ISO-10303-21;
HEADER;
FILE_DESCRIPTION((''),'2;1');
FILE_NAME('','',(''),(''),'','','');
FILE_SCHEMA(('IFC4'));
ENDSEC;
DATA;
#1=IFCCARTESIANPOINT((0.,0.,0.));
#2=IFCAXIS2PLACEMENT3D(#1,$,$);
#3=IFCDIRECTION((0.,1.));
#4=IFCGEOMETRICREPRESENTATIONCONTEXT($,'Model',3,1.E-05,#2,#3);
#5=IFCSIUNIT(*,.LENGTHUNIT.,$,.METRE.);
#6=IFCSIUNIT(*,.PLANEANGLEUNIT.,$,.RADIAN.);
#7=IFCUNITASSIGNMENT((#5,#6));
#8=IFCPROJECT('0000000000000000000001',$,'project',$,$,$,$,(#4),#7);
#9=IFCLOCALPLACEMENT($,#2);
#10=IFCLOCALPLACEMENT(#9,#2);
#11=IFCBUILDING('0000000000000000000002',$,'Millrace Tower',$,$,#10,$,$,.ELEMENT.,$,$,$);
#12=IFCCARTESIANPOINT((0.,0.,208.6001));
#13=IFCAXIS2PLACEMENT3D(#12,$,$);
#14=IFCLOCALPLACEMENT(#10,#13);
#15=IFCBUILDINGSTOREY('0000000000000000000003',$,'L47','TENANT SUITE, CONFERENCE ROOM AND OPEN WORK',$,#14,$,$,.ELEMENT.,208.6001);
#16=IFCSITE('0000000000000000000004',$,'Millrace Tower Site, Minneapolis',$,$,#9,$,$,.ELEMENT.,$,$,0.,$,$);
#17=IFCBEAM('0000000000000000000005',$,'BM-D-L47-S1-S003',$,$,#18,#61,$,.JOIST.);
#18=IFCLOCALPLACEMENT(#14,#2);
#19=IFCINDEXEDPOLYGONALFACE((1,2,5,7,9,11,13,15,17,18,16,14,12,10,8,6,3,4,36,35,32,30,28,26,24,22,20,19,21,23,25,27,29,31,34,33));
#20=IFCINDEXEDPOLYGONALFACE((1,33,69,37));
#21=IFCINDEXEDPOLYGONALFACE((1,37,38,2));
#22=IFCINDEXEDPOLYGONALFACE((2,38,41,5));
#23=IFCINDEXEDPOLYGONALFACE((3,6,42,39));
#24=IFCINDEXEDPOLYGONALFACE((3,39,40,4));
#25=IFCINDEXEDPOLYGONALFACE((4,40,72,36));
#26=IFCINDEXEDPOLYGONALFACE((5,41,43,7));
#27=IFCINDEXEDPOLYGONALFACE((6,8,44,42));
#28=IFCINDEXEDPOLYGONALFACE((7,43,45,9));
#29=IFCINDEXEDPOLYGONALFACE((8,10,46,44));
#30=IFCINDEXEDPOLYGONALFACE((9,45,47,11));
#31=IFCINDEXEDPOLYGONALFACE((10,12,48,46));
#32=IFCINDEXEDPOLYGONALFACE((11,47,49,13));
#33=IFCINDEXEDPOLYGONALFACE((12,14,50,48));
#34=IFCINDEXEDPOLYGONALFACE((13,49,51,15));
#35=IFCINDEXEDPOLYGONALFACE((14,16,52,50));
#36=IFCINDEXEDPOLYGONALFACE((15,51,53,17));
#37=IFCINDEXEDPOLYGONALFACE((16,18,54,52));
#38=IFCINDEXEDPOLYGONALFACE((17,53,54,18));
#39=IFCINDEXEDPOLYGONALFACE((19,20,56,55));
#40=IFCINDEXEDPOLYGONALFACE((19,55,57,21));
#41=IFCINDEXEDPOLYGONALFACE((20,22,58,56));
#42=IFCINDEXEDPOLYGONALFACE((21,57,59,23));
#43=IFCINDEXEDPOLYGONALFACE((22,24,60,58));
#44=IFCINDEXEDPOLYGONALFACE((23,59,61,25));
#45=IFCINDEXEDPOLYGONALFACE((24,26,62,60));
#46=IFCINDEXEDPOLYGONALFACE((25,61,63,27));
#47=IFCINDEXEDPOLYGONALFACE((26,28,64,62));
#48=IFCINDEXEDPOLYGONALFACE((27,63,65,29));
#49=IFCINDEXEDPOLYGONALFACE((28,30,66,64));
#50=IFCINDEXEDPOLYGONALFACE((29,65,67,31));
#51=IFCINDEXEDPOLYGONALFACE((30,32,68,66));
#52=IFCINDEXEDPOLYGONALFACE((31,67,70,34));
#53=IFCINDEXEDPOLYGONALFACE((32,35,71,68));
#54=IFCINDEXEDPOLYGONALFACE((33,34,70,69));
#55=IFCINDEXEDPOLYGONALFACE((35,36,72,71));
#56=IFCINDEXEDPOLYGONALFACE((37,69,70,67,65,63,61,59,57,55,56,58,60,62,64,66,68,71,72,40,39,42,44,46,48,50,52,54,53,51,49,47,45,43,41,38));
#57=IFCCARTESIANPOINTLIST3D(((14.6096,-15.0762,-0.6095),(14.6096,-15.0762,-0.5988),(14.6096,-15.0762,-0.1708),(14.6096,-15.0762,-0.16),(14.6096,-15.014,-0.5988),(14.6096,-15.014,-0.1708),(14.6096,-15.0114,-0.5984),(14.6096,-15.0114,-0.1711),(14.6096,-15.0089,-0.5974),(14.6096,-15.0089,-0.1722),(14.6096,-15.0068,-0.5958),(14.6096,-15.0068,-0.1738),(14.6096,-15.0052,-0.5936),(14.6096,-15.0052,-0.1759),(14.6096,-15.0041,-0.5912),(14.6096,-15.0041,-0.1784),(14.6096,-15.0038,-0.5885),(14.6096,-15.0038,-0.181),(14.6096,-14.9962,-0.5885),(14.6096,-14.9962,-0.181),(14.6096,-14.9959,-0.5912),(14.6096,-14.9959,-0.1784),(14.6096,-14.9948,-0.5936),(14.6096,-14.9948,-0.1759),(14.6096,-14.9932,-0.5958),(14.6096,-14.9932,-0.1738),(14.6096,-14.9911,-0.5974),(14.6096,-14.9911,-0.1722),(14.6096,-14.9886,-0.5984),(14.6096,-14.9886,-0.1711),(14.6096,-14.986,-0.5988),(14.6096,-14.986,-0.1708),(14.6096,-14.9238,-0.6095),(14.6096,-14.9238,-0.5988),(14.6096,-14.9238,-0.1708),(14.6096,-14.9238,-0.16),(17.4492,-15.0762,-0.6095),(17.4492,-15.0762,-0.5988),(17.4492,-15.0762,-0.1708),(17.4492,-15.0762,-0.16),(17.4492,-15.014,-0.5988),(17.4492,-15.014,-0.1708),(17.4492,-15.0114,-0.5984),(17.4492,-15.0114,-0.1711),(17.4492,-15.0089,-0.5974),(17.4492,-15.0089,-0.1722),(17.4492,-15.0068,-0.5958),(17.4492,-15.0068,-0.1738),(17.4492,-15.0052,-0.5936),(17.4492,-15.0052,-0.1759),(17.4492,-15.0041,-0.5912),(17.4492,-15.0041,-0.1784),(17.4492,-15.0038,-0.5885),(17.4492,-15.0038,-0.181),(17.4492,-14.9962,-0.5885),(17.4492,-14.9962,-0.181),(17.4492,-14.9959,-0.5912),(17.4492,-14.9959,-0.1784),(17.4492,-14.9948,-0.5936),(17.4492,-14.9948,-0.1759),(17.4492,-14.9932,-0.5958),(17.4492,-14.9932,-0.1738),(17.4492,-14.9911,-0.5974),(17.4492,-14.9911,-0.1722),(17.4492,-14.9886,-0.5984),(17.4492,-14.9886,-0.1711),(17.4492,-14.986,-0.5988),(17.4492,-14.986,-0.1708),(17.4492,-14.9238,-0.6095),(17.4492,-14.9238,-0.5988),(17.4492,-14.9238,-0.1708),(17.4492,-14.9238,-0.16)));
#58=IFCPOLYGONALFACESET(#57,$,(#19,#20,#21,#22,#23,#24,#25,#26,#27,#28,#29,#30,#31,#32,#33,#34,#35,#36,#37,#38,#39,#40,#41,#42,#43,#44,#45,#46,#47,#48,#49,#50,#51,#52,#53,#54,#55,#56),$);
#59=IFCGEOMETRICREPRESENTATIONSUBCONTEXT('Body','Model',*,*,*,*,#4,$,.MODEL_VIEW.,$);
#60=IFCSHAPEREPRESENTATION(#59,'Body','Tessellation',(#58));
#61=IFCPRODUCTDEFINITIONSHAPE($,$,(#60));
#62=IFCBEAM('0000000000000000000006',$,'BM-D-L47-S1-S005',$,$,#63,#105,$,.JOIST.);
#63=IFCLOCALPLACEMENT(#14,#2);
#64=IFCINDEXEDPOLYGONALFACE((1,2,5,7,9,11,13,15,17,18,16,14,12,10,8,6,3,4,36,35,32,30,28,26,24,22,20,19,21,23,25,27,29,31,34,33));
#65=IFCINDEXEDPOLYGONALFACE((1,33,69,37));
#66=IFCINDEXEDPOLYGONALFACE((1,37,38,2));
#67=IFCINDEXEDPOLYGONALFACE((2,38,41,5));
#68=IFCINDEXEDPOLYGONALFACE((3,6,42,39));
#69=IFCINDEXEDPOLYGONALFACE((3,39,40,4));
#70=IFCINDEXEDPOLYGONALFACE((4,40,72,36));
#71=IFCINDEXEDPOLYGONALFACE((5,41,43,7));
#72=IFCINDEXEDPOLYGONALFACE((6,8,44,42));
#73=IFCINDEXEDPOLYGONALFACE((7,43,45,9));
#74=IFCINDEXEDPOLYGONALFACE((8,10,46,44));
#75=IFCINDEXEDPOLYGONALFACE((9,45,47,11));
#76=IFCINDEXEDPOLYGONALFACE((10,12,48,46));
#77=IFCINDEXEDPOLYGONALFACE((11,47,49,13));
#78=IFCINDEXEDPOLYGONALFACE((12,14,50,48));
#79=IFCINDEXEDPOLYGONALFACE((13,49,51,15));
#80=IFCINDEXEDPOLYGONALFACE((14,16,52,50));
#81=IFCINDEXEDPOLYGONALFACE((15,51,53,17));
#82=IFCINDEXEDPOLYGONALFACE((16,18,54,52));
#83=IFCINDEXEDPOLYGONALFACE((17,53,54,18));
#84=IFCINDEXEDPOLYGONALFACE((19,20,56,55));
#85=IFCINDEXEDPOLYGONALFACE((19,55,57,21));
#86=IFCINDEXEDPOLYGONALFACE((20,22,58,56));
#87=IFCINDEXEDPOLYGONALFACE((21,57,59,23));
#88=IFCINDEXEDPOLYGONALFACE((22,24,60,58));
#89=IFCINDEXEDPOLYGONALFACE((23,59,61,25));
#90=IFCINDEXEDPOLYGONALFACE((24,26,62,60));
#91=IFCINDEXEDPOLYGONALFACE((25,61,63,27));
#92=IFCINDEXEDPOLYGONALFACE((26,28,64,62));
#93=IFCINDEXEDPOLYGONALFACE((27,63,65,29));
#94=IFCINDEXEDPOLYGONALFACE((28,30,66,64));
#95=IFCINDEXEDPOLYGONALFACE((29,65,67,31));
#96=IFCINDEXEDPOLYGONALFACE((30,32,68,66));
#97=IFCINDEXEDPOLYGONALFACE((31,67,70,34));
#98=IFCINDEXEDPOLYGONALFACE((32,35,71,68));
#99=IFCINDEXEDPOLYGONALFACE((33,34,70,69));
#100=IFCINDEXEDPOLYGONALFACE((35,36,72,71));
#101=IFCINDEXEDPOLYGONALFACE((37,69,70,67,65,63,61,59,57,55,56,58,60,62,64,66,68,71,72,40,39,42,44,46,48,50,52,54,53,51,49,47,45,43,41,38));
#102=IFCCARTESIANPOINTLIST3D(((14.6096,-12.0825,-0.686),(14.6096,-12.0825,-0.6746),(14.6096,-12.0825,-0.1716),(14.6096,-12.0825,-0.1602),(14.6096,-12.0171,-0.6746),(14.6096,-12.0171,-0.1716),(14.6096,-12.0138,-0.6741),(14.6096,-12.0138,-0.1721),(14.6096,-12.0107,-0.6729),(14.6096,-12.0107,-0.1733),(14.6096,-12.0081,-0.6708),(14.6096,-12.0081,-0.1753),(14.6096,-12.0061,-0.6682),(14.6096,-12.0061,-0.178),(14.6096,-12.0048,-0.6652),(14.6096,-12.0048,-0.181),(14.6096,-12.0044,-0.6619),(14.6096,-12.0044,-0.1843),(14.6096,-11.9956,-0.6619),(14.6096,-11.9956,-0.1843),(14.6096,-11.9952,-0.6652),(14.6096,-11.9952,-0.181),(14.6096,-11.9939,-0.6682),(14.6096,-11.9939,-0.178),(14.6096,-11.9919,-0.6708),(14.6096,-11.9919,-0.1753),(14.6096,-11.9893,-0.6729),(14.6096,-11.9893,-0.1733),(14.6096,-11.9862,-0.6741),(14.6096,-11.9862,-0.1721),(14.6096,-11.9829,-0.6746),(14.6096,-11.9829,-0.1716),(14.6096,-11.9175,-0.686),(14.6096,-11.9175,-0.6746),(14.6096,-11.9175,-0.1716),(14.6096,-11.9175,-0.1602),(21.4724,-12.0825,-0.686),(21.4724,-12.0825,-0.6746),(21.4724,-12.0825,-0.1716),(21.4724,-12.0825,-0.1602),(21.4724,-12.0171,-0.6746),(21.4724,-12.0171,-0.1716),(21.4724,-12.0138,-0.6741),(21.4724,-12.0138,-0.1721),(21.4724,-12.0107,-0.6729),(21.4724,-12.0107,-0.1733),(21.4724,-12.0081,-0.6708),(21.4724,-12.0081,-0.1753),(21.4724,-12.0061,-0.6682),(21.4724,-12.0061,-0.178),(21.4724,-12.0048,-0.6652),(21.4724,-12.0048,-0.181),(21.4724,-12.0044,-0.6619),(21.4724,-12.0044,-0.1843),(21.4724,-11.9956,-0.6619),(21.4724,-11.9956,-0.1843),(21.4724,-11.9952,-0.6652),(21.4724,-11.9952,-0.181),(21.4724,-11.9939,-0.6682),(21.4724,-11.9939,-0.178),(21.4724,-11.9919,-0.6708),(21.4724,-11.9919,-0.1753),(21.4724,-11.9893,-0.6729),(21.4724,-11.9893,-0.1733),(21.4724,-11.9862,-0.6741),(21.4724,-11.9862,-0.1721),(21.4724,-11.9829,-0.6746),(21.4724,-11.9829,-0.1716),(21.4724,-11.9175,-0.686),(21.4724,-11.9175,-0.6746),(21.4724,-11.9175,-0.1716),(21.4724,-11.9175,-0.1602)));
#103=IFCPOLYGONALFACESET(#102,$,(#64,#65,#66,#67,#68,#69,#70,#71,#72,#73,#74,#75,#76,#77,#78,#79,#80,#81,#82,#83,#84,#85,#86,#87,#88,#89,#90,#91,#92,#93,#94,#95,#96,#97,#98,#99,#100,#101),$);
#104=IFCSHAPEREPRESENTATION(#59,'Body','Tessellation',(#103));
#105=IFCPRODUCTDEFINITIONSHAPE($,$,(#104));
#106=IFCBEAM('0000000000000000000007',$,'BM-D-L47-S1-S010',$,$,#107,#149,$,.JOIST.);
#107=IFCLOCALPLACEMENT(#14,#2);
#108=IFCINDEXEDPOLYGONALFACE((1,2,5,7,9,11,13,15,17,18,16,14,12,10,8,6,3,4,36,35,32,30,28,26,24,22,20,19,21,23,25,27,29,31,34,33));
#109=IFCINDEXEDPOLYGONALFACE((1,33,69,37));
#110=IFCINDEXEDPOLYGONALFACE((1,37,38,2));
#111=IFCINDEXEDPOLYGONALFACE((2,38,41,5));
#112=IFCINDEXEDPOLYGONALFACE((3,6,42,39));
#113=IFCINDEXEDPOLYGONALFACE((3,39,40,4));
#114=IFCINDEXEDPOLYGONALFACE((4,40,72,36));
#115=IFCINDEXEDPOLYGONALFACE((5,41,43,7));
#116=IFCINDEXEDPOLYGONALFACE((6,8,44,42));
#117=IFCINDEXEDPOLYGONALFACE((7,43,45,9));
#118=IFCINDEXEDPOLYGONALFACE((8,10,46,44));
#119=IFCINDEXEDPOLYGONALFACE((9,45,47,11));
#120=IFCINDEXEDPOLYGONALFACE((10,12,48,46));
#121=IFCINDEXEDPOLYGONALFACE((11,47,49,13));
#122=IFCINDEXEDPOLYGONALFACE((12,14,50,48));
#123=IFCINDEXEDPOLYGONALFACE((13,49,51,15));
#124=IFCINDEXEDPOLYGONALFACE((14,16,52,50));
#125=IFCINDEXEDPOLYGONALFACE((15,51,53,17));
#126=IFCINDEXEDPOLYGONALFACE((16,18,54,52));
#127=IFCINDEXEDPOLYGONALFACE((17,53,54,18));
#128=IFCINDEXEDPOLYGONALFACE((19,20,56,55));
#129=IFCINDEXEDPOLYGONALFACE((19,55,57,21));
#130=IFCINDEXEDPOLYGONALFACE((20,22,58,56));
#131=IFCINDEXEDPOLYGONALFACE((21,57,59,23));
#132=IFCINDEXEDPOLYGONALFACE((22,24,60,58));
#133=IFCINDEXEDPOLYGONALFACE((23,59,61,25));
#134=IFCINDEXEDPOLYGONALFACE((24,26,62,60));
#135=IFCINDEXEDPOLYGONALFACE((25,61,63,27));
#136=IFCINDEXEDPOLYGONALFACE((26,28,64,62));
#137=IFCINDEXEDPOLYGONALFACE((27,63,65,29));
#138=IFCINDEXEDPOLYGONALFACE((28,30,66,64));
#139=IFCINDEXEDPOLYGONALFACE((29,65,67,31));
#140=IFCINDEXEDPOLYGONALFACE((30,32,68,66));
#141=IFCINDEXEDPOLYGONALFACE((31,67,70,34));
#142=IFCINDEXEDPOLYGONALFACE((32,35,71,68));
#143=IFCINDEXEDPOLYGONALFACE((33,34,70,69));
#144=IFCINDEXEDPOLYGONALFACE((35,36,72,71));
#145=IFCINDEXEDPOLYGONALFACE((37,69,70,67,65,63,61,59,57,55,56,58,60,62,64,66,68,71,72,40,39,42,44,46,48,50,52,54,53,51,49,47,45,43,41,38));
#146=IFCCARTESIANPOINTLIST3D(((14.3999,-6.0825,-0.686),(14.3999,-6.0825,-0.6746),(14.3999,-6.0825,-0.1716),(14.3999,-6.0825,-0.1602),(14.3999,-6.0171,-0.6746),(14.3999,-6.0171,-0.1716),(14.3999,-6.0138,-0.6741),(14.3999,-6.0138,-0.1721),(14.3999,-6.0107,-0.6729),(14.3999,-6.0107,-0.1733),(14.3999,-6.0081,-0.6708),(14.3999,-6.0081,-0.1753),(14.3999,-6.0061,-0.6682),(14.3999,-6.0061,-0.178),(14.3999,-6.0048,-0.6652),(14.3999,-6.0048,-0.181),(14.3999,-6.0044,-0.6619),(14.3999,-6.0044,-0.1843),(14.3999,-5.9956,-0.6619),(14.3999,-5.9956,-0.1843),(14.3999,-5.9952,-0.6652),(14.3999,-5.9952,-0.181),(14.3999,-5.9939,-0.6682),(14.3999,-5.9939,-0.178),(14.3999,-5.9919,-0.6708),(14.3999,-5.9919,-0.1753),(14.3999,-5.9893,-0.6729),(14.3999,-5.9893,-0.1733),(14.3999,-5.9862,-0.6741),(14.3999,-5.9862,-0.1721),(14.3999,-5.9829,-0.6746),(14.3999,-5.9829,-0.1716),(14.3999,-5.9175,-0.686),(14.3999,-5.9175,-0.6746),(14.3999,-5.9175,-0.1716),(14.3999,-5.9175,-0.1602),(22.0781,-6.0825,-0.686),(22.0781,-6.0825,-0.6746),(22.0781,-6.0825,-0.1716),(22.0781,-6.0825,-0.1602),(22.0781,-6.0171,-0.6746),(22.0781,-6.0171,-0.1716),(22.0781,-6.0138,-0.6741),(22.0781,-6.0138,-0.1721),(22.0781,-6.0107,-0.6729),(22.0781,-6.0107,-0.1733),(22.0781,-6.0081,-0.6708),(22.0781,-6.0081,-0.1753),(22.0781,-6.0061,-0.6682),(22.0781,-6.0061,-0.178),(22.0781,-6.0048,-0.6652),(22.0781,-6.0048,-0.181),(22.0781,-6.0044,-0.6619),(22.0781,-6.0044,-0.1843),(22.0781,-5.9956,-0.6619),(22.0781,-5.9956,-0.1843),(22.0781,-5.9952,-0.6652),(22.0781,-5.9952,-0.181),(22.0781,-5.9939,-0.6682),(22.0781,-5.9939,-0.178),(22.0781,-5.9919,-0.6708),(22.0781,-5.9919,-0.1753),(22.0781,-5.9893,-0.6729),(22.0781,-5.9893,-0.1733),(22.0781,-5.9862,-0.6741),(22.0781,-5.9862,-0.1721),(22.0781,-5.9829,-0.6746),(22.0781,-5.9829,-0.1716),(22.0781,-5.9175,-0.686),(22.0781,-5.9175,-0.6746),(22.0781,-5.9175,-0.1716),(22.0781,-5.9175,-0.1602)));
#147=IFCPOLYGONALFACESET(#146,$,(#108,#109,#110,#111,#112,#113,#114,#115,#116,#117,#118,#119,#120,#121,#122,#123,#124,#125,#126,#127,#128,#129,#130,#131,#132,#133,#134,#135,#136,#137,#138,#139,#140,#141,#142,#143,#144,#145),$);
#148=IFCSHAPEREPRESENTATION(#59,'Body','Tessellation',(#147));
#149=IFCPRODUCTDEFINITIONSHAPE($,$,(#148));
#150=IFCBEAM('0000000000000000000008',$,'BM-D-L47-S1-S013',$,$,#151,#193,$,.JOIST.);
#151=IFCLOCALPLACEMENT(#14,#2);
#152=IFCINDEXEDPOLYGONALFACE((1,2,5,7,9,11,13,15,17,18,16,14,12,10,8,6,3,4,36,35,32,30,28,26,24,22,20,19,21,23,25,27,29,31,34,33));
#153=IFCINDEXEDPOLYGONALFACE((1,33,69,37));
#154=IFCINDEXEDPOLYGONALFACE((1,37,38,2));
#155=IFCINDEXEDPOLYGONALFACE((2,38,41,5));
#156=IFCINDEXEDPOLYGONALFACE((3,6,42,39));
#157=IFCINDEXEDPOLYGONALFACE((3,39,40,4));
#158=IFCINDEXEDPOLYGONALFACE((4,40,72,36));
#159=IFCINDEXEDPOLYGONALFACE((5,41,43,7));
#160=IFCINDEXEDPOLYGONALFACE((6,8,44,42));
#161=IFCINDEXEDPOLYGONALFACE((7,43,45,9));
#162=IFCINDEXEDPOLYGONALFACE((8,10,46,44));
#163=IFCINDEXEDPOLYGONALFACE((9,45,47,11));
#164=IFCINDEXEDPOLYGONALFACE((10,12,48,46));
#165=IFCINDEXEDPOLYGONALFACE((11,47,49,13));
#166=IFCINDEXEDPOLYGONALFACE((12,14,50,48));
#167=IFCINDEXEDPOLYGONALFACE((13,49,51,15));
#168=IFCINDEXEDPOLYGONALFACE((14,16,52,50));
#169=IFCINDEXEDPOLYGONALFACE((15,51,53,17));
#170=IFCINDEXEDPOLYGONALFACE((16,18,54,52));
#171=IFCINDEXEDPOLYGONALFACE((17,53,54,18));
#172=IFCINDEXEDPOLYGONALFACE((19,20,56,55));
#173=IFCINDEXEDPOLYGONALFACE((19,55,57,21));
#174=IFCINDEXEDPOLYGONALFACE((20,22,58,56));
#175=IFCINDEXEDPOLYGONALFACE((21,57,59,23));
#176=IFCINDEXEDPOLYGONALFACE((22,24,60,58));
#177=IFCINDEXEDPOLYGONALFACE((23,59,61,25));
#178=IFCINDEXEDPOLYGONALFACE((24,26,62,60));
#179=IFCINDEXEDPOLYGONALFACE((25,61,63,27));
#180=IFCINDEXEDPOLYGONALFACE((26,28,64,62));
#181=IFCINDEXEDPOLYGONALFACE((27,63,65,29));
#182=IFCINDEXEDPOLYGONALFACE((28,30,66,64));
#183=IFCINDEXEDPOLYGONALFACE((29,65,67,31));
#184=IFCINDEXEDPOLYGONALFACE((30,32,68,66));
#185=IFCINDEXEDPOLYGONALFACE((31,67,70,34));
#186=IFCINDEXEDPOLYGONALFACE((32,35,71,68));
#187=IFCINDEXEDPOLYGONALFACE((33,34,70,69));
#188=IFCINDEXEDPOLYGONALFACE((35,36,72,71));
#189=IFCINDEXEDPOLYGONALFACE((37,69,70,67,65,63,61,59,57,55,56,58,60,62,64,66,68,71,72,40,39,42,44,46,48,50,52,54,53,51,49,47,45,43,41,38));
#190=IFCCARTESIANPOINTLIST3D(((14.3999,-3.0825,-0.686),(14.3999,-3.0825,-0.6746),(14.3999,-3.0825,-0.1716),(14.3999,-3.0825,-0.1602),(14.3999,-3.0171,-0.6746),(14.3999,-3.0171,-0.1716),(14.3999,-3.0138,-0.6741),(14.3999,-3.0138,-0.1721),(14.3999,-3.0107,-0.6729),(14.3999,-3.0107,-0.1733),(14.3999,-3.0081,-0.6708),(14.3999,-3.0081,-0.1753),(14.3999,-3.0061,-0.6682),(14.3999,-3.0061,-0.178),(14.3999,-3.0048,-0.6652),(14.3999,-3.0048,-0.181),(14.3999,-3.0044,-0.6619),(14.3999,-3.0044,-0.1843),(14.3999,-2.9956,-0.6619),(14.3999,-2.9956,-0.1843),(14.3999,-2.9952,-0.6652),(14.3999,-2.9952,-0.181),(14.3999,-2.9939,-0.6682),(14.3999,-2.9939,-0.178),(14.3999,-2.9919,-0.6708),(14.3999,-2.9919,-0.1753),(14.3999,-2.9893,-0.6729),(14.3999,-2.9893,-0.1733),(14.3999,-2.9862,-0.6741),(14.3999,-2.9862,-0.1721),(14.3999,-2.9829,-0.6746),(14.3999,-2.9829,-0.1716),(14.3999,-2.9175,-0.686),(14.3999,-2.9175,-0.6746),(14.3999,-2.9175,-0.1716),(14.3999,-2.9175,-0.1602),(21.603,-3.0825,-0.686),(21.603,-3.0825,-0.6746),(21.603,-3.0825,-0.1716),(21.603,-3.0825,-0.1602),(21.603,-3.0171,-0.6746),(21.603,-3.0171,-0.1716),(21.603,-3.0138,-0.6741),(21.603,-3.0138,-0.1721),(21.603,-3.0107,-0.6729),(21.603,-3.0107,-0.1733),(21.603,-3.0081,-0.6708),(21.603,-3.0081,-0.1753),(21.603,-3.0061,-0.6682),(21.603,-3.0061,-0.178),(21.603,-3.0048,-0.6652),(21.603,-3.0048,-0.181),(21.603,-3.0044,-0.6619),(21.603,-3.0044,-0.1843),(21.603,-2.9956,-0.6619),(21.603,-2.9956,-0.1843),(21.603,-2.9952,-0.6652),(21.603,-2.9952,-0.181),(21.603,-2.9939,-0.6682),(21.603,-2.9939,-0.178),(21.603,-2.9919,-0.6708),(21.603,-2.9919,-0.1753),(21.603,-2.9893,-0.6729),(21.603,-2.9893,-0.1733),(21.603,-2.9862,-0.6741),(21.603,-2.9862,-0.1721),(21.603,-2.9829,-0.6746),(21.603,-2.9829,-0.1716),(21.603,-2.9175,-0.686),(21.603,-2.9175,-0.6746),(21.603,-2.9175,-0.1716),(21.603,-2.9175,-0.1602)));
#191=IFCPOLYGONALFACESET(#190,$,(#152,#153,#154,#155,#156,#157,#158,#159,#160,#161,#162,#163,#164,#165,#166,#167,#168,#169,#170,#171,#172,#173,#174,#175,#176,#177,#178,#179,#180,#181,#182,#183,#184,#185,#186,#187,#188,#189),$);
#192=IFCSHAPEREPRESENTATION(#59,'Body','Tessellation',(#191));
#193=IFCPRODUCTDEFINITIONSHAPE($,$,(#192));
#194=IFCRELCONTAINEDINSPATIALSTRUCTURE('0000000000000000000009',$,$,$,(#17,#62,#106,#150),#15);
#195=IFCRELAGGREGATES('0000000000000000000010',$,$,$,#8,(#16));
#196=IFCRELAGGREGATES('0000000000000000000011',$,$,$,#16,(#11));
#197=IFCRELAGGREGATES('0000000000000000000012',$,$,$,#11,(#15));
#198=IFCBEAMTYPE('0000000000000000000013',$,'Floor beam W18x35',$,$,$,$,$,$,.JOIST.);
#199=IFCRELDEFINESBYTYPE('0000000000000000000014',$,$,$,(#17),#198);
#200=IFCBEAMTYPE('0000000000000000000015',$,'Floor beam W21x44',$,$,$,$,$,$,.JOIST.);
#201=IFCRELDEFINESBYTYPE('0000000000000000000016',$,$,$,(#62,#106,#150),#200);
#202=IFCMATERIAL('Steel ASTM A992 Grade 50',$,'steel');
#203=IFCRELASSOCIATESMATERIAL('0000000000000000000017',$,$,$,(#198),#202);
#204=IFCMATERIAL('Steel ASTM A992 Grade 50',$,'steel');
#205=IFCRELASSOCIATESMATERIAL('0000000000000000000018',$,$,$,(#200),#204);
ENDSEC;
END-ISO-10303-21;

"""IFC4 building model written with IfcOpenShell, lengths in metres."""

from ifc_helpers import new_model, si_unit, direction, frame, origin, origin_2d, place, context, subcontext, project, spatial, i_section, extrude, material, material_profile, profile_set, type_object, element, save


model = new_model("IFC4")

# Units and contexts
model_context = context("Model", 3, precision=1e-05, world=origin(), true_north=direction((0.0, 1.0)))
body_context = subcontext(model_context, "Body", "Model", "MODEL_VIEW")
ifc_project = project(units=[si_unit("LENGTHUNIT", "METRE"), si_unit("PLANEANGLEUNIT", "RADIAN")], contexts=[model_context])

# Site, building, storey
site_placement = place(None, origin())
site = spatial("IfcSite", under=ifc_project, at=site_placement, Name="Millrace Tower Site, Minneapolis", CompositionType="ELEMENT", RefElevation=0.0)
building_placement = place(site_placement, origin())
building = spatial("IfcBuilding", under=site, at=building_placement, Name="Millrace Tower", CompositionType="ELEMENT")
storey_placement = place(building_placement, frame((0.0, 0.0, 208.6001)))
storey = spatial("IfcBuildingStorey", under=building, at=storey_placement, Name="L47", Description="TENANT SUITE, CONFERENCE ROOM AND OPEN WORK", CompositionType="ELEMENT", Elevation=208.6001)

# Beams
ifc_material_1 = material(Name="Steel ASTM A992 Grade 50", Category="steel")
ifc_material_profile_1 = material_profile(ifc_material_1, i_section(OverallWidth=0.1523, OverallDepth=0.4495, WebThickness=0.0076, FlangeThickness=0.0107, FilletRadius=0.0103, at=origin_2d()))
ifc_profile_set_1 = profile_set([ifc_material_profile_1], Name="Steel ASTM A992 Grade 50")
beam_type_1 = type_object("IfcBeamType", Name="Floor beam W18x35", PredefinedType="JOIST", material=ifc_profile_set_1)
beam_1_placement = place(storey_placement, frame((14.6096, -15.0, -0.3848), z_axis=(1.0, 0.0, 0.0), x_axis=(0.0, 1.0, 0.0)))
element("IfcBeam", 1, at=beam_1_placement, inside=storey, type_object=beam_type_1, Name="BM-D-L47-S1-S003", PredefinedType="JOIST", context=body_context, shape_type="SweptSolid", body=[
    extrude(i_section(OverallWidth=0.1523, OverallDepth=0.4495, WebThickness=0.0076, FlangeThickness=0.0107, FilletRadius=0.0103, at=origin_2d()), origin(), (0.0, 0.0, 1.0), 2.8396),
])
ifc_material_2 = material(Name="Steel ASTM A992 Grade 50", Category="steel")
ifc_material_profile_2 = material_profile(ifc_material_2, i_section(OverallWidth=0.165, OverallDepth=0.5259, WebThickness=0.0088, FlangeThickness=0.0115, FilletRadius=0.0127, at=origin_2d()))
ifc_profile_set_2 = profile_set([ifc_material_profile_2], Name="Steel ASTM A992 Grade 50")
beam_type_2 = type_object("IfcBeamType", Name="Floor beam W21x44", PredefinedType="JOIST", material=ifc_profile_set_2)
beam_2_placement = place(storey_placement, frame((14.6096, -12.0, -0.4231), z_axis=(1.0, 0.0, 0.0), x_axis=(0.0, 1.0, 0.0)))
element("IfcBeam", 2, at=beam_2_placement, inside=storey, type_object=beam_type_2, Name="BM-D-L47-S1-S005", PredefinedType="JOIST", context=body_context, shape_type="SweptSolid", body=[
    extrude(i_section(OverallWidth=0.165, OverallDepth=0.5259, WebThickness=0.0088, FlangeThickness=0.0115, FilletRadius=0.0127, at=origin_2d()), origin(), (0.0, 0.0, 1.0), 6.8628),
])
beam_3_placement = place(storey_placement, frame((14.3999, -6.0, -0.4231), z_axis=(1.0, 0.0, 0.0), x_axis=(0.0, 1.0, 0.0)))
element("IfcBeam", 3, at=beam_3_placement, inside=storey, type_object=beam_type_2, Name="BM-D-L47-S1-S010", PredefinedType="JOIST", context=body_context, shape_type="SweptSolid", body=[
    extrude(i_section(OverallWidth=0.165, OverallDepth=0.5259, WebThickness=0.0088, FlangeThickness=0.0115, FilletRadius=0.0127, at=origin_2d()), origin(), (0.0, 0.0, 1.0), 7.6782),
])
beam_4_placement = place(storey_placement, frame((14.3999, -3.0, -0.4231), z_axis=(1.0, 0.0, 0.0), x_axis=(0.0, 1.0, 0.0)))
element("IfcBeam", 4, at=beam_4_placement, inside=storey, type_object=beam_type_2, Name="BM-D-L47-S1-S013", PredefinedType="JOIST", context=body_context, shape_type="SweptSolid", body=[
    extrude(i_section(OverallWidth=0.165, OverallDepth=0.5259, WebThickness=0.0088, FlangeThickness=0.0115, FilletRadius=0.0127, at=origin_2d()), origin(), (0.0, 0.0, 1.0), 7.2031),
])

save(model, "model.ifc")
